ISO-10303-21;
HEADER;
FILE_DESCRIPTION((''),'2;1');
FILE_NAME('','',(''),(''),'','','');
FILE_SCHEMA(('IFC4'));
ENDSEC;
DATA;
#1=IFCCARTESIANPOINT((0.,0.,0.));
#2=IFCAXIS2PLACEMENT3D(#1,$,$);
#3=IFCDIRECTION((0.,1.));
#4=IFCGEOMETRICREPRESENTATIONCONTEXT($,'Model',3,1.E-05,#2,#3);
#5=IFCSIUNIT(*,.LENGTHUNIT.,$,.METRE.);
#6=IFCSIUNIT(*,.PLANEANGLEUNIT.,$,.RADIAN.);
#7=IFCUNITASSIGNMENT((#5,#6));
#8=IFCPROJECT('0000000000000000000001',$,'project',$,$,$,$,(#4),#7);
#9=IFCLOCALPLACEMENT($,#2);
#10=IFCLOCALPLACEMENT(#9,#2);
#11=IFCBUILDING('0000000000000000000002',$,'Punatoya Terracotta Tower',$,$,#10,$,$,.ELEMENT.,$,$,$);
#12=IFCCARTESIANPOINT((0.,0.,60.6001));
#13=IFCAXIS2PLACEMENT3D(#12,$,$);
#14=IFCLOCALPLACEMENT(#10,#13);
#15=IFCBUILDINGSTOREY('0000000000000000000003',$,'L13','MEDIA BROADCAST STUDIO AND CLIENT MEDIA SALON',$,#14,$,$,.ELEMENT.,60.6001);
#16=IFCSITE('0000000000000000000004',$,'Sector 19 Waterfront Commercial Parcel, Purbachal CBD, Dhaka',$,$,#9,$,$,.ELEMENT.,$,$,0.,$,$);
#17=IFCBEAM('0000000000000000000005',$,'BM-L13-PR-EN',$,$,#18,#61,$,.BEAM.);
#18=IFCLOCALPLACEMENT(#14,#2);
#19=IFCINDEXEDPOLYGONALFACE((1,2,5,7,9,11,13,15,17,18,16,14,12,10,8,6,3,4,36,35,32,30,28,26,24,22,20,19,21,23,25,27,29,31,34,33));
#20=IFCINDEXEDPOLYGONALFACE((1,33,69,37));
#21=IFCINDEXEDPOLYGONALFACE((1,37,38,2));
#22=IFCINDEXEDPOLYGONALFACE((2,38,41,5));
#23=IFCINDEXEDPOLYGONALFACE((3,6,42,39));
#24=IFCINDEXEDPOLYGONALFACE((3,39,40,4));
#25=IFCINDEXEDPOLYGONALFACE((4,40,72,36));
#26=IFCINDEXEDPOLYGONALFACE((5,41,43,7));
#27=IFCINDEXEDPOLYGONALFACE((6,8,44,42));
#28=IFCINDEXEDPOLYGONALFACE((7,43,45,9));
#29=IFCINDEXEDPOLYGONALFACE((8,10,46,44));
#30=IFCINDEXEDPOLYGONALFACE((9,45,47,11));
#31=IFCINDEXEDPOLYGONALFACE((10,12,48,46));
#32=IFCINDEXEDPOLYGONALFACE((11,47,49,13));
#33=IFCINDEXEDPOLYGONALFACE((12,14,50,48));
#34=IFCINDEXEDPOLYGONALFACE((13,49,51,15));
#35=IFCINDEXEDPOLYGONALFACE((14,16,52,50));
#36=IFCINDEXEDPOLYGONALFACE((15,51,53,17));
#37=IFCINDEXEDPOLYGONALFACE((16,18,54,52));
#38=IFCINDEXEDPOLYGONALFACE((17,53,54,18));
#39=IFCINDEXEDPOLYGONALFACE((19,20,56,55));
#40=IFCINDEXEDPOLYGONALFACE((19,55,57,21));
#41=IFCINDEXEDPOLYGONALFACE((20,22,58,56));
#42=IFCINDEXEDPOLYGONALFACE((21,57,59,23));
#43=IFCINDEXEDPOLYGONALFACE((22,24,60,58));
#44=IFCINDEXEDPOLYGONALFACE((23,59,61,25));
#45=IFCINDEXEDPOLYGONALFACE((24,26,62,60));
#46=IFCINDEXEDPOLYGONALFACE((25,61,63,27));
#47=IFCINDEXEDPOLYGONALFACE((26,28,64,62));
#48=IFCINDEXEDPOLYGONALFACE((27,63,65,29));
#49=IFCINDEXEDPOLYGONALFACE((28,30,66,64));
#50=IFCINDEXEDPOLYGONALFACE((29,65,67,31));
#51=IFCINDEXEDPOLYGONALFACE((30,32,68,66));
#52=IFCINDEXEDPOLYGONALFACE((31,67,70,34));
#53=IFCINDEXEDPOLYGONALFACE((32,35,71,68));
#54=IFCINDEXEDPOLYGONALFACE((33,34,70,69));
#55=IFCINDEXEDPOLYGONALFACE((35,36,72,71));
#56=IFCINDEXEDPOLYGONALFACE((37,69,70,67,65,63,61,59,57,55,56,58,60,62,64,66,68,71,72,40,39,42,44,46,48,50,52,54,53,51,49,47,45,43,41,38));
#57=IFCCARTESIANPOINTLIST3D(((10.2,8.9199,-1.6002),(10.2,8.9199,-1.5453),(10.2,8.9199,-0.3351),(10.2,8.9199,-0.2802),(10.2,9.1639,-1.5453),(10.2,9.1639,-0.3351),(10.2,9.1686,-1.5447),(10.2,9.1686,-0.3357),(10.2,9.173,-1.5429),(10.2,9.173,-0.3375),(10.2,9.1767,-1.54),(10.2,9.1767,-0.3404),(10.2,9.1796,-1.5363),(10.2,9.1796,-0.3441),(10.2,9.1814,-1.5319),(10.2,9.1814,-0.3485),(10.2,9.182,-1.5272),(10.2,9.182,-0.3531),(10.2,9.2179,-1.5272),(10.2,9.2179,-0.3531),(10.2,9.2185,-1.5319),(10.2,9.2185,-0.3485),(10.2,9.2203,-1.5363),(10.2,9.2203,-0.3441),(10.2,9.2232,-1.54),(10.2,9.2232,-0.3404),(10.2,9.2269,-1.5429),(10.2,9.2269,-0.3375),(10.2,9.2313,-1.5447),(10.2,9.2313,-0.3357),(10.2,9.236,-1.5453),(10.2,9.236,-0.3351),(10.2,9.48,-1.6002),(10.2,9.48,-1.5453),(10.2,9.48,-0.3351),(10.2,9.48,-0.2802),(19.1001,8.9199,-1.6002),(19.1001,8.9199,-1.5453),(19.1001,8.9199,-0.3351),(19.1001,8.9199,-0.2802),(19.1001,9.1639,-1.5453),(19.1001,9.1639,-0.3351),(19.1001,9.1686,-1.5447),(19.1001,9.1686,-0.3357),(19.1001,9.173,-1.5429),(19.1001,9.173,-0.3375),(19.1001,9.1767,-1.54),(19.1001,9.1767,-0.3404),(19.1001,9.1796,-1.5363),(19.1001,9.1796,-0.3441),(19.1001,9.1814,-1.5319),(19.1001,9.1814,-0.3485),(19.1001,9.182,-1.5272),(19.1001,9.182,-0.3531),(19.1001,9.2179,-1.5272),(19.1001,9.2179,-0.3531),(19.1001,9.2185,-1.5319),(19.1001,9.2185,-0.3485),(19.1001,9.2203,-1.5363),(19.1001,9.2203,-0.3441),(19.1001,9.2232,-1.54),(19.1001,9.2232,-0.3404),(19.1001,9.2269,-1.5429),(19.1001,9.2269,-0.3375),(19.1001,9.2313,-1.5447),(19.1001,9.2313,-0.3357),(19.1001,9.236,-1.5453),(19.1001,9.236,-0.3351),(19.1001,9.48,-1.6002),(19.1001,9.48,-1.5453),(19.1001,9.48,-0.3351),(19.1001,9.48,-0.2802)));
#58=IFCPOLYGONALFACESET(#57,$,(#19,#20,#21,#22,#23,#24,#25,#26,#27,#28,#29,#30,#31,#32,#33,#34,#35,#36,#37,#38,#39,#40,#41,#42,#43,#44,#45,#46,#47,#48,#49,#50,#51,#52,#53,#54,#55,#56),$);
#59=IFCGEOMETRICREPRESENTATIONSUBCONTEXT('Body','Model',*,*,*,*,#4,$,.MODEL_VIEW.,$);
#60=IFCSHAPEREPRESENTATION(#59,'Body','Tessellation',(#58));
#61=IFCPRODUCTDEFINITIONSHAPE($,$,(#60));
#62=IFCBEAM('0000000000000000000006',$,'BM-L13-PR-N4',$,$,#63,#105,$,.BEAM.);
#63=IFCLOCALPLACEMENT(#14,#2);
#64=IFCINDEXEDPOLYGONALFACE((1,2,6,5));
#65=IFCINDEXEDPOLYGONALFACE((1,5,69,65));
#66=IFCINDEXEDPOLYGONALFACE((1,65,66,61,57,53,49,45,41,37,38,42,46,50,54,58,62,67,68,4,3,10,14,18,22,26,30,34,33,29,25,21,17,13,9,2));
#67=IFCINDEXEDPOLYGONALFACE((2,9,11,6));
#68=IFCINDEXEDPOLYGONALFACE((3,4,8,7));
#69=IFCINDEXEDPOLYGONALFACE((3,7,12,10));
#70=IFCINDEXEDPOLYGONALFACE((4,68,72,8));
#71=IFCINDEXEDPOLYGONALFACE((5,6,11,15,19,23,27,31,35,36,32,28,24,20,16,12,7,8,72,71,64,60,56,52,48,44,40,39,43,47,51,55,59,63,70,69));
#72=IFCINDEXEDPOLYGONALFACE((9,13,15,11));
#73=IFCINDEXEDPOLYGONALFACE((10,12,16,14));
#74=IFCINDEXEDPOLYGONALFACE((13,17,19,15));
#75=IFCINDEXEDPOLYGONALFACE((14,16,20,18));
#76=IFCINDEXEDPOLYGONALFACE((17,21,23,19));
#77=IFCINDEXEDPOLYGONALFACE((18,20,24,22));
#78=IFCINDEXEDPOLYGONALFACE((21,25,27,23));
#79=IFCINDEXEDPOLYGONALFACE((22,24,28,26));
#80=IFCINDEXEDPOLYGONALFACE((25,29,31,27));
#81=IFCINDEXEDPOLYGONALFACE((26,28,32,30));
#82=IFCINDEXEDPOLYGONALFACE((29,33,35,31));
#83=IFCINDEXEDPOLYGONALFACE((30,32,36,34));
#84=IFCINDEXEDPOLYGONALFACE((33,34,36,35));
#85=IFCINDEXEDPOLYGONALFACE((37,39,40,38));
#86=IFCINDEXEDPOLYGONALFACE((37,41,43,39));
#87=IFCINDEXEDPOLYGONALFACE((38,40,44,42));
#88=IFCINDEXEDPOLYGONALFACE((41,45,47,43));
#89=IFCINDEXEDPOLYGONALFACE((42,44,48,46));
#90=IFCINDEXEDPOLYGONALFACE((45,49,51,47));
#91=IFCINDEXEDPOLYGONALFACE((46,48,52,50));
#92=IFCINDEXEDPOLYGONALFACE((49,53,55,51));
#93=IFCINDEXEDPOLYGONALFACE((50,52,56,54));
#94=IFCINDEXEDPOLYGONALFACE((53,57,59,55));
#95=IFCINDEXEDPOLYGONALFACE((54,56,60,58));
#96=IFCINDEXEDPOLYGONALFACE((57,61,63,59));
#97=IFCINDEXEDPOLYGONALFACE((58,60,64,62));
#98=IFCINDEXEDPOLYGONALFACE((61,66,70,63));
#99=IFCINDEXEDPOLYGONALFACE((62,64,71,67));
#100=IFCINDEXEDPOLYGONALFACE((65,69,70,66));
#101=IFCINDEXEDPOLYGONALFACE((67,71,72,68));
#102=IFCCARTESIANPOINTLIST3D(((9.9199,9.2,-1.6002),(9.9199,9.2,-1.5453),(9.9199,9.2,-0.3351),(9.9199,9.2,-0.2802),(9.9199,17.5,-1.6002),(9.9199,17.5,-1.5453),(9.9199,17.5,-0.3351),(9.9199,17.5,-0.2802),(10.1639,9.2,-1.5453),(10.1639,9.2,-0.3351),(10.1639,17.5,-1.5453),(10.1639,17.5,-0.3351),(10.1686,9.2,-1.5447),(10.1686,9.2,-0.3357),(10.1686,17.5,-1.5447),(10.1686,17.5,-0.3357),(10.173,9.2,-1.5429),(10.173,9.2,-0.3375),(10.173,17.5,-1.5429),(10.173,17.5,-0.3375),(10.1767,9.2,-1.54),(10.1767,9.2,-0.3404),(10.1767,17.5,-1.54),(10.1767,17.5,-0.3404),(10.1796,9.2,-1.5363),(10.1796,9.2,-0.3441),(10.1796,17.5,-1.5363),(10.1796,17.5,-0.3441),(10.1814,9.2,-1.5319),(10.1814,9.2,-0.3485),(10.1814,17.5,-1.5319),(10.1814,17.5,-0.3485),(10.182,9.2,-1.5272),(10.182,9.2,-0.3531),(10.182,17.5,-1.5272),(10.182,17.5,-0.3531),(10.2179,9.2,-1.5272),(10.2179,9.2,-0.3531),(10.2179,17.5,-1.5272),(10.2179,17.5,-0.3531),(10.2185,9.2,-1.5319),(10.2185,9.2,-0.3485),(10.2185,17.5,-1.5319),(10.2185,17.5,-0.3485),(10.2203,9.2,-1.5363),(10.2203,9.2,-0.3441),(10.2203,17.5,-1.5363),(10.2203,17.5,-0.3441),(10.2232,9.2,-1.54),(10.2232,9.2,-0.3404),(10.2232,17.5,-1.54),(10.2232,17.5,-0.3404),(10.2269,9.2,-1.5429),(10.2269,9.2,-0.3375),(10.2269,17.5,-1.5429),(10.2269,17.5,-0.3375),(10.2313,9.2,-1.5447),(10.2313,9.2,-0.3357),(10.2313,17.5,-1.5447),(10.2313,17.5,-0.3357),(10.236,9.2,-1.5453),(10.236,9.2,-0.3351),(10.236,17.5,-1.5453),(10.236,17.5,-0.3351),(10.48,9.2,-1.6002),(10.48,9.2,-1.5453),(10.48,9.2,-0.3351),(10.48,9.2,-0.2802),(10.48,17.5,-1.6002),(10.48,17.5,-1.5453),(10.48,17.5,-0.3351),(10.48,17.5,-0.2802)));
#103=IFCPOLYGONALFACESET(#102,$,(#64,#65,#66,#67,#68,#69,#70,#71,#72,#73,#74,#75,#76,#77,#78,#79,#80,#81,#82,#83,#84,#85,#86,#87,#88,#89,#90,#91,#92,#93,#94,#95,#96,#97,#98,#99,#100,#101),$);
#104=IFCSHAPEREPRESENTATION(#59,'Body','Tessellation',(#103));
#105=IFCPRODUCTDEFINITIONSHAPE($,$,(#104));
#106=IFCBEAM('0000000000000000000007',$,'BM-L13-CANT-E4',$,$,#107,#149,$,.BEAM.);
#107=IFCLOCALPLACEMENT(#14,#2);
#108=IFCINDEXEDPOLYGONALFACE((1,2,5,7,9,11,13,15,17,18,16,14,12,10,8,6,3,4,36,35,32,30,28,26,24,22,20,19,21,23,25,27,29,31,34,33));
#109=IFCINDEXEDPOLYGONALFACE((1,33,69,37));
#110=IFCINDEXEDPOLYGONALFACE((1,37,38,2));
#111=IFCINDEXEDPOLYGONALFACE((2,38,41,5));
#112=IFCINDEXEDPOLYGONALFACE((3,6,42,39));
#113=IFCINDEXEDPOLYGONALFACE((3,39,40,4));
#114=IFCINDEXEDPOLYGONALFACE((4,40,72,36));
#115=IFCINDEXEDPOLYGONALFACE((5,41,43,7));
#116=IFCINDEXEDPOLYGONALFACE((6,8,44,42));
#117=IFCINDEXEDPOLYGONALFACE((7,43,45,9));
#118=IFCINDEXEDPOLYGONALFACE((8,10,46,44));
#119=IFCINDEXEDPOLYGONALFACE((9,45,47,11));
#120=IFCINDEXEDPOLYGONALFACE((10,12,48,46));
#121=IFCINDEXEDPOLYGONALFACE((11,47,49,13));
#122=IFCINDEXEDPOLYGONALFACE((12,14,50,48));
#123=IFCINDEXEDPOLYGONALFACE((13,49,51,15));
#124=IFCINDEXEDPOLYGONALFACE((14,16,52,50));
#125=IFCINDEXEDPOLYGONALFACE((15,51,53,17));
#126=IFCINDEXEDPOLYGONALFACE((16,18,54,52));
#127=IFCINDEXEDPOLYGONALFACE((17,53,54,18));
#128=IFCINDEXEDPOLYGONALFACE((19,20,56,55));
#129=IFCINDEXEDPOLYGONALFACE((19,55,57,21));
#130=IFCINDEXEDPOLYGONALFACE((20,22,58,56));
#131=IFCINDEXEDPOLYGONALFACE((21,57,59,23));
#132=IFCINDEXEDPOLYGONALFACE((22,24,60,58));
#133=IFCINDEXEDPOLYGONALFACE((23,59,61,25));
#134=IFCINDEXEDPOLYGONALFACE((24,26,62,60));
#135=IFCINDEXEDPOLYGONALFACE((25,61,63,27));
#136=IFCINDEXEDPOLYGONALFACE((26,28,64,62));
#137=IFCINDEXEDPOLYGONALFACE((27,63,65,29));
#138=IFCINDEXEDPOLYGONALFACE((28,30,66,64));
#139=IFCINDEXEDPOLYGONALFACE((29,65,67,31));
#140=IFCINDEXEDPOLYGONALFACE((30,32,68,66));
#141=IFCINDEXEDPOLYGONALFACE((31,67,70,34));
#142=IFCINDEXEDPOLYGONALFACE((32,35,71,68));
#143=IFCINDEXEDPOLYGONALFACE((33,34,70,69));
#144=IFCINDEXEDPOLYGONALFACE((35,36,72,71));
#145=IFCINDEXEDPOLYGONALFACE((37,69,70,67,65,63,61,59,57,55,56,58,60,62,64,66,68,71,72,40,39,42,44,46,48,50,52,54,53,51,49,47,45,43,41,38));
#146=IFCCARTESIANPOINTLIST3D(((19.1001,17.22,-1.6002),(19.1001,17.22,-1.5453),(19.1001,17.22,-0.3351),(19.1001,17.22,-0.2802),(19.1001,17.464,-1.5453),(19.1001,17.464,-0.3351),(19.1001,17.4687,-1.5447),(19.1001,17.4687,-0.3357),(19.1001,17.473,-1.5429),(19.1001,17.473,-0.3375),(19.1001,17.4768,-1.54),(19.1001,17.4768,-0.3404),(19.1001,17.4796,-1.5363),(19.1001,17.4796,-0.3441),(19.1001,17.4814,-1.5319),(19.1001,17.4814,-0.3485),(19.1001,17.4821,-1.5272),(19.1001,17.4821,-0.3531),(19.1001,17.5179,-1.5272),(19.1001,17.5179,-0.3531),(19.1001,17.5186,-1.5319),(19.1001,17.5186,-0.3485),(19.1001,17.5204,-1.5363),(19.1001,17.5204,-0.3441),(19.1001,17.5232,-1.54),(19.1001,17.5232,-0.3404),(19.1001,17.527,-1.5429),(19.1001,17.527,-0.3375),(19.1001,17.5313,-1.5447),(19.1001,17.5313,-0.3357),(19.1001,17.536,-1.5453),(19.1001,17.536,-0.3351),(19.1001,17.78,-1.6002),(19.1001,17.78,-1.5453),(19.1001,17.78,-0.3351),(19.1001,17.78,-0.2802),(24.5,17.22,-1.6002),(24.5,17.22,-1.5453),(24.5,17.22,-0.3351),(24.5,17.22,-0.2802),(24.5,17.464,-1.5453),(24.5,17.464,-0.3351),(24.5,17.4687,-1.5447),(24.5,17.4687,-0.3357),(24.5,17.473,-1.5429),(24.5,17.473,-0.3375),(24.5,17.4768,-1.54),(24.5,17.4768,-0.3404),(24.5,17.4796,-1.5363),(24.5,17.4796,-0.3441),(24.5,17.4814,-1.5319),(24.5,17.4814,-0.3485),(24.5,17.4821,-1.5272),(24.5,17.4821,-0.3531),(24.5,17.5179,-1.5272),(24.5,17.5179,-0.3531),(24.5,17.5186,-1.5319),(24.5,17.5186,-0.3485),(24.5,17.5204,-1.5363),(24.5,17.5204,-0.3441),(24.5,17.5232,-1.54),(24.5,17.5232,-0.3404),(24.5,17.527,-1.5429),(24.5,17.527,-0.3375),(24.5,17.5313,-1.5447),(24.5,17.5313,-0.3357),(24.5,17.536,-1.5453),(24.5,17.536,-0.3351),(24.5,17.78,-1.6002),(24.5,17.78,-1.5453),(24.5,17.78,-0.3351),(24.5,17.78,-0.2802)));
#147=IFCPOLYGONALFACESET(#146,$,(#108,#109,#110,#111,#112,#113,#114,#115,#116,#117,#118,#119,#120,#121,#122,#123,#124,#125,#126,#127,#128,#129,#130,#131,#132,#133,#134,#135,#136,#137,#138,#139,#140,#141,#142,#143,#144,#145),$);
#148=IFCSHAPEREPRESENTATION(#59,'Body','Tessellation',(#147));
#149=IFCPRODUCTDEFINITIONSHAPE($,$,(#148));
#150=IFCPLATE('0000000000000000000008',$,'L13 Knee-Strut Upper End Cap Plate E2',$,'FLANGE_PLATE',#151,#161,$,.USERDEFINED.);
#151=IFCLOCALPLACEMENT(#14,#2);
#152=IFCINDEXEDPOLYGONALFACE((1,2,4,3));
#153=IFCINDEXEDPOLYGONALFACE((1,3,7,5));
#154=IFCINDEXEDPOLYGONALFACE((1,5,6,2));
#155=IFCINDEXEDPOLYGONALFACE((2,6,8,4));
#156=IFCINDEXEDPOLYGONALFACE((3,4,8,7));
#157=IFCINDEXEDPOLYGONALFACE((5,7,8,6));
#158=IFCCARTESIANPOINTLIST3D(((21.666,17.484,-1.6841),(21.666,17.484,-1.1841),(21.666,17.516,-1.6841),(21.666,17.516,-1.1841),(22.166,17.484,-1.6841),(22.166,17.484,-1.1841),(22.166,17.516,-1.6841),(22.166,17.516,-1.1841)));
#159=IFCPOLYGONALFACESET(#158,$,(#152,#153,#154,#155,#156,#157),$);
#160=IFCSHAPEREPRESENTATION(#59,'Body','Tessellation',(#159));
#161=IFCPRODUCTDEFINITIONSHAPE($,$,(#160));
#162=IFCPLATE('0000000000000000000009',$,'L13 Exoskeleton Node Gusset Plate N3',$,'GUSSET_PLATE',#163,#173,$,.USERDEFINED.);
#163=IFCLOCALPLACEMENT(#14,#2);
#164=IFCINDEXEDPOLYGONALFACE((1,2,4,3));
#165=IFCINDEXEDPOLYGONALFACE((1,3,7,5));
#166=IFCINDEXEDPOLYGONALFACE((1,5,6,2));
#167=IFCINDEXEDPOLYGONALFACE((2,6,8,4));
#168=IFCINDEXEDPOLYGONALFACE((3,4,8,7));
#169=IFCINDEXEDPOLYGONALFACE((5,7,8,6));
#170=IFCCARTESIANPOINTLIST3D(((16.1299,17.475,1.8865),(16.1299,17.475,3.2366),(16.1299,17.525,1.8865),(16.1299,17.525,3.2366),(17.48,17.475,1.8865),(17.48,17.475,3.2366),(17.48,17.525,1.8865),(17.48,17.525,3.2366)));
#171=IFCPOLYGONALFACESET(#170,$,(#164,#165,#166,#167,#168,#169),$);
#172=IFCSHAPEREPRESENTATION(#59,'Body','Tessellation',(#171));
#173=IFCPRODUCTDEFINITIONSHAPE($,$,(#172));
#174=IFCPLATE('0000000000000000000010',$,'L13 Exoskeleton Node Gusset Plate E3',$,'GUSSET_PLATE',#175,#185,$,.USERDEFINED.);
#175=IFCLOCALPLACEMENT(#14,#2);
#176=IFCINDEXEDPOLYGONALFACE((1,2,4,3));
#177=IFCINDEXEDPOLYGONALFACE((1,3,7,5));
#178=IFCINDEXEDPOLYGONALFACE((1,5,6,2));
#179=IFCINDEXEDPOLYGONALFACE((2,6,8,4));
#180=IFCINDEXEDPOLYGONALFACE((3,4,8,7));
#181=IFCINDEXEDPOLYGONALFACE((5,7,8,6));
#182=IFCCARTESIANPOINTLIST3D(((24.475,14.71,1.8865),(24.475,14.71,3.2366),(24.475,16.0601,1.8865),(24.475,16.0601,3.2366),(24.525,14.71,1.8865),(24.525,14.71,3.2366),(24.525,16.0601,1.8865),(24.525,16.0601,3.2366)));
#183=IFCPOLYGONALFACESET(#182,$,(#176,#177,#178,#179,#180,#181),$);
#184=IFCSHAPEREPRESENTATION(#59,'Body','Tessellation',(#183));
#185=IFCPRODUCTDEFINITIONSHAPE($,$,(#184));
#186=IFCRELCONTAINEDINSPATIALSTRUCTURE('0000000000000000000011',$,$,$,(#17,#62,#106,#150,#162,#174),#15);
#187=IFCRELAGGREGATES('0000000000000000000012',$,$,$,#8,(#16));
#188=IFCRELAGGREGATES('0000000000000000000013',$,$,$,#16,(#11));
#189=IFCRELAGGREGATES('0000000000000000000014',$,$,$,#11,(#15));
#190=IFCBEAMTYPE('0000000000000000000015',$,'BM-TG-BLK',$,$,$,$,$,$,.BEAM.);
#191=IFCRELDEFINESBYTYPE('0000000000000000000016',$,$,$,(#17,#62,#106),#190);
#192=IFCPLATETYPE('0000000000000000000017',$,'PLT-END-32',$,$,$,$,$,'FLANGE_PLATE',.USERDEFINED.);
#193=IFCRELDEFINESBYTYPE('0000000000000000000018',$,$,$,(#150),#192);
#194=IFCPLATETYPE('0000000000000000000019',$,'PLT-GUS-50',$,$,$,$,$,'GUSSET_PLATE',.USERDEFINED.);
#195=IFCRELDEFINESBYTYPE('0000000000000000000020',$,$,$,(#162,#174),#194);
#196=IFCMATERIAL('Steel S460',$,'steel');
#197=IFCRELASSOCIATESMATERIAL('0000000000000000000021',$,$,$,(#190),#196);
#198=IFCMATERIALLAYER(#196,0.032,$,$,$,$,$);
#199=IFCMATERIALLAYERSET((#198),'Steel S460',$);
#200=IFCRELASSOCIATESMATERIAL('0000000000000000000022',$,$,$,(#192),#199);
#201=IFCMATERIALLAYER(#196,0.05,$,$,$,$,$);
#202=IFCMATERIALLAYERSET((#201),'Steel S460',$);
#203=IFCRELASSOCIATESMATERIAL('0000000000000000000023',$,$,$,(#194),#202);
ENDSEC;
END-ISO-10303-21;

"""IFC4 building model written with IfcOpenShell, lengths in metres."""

from ifc_helpers import new_model, si_unit, direction, frame, origin, origin_2d, place, context, subcontext, project, spatial, rectangle, i_section, extrude, material, layer, layer_set, material_profile, profile_set, type_object, element, save


model = new_model("IFC4")

# Units and contexts
model_context = context("Model", 3, precision=1e-05, world=origin(), true_north=direction((0.0, 1.0)))
body_context = subcontext(model_context, "Body", "Model", "MODEL_VIEW")
ifc_project = project(units=[si_unit("LENGTHUNIT", "METRE"), si_unit("PLANEANGLEUNIT", "RADIAN")], contexts=[model_context])

# Site, building, storey
site_placement = place(None, origin())
site = spatial("IfcSite", under=ifc_project, at=site_placement, Name="Sector 19 Waterfront Commercial Parcel, Purbachal CBD, Dhaka", CompositionType="ELEMENT", RefElevation=0.0)
building_placement = place(site_placement, origin())
building = spatial("IfcBuilding", under=site, at=building_placement, Name="Punatoya Terracotta Tower", CompositionType="ELEMENT")
storey_placement = place(building_placement, frame((0.0, 0.0, 60.6001)))
storey = spatial("IfcBuildingStorey", under=building, at=storey_placement, Name="L13", Description="MEDIA BROADCAST STUDIO AND CLIENT MEDIA SALON", CompositionType="ELEMENT", Elevation=60.6001)

# Shared definitions
ifc_material_1 = material(Name="Steel S460", Category="steel")

# Beams
ifc_material_profile_1 = material_profile(ifc_material_1, i_section(OverallWidth=0.5601, OverallDepth=1.3201, WebThickness=0.0359, FlangeThickness=0.0549, FilletRadius=0.0181, at=origin_2d()))
ifc_profile_set_1 = profile_set([ifc_material_profile_1], Name="Steel S460")
beam_type_1 = type_object("IfcBeamType", Name="BM-TG-BLK", PredefinedType="BEAM", material=ifc_profile_set_1)
beam_1_placement = place(storey_placement, frame((10.2, 9.2, -0.9402), z_axis=(1.0, 0.0, 0.0), x_axis=(0.0, 1.0, 0.0)))
element("IfcBeam", 1, at=beam_1_placement, inside=storey, type_object=beam_type_1, Name="BM-L13-PR-EN", PredefinedType="BEAM", context=body_context, shape_type="SweptSolid", body=[
    extrude(i_section(OverallWidth=0.5601, OverallDepth=1.3201, WebThickness=0.0359, FlangeThickness=0.0549, FilletRadius=0.0181, at=origin_2d()), origin(), (0.0, 0.0, 1.0), 8.9001),
])
beam_2_placement = place(storey_placement, frame((10.2, 9.2, -0.9402), z_axis=(0.0, 1.0, 0.0), x_axis=(-1.0, 0.0, 0.0)))
element("IfcBeam", 2, at=beam_2_placement, inside=storey, type_object=beam_type_1, Name="BM-L13-PR-N4", PredefinedType="BEAM", context=body_context, shape_type="SweptSolid", body=[
    extrude(i_section(OverallWidth=0.5601, OverallDepth=1.3201, WebThickness=0.0359, FlangeThickness=0.0549, FilletRadius=0.0181, at=origin_2d()), origin(), (0.0, 0.0, 1.0), 8.3),
])
beam_3_placement = place(storey_placement, frame((19.1001, 17.5, -0.9402), z_axis=(1.0, 0.0, 0.0), x_axis=(0.0, 1.0, 0.0)))
element("IfcBeam", 3, at=beam_3_placement, inside=storey, type_object=beam_type_1, Name="BM-L13-CANT-E4", PredefinedType="BEAM", context=body_context, shape_type="SweptSolid", body=[
    extrude(i_section(OverallWidth=0.5601, OverallDepth=1.3201, WebThickness=0.0359, FlangeThickness=0.0549, FilletRadius=0.0181, at=origin_2d()), origin(), (0.0, 0.0, 1.0), 5.3999),
])

# Plates
ifc_layer_1 = layer(ifc_material_1, 0.032)
ifc_layer_set_1 = layer_set([ifc_layer_1], Name="Steel S460")
plate_type_1 = type_object("IfcPlateType", Name="PLT-END-32", ElementType="FLANGE_PLATE", PredefinedType="USERDEFINED", material=ifc_layer_set_1)
plate_placement = place(storey_placement, frame((21.916, 17.5, -1.6841), z_axis=(0.0, 0.0, 1.0), x_axis=(1.0, 0.0, 0.0)))
element("IfcPlate", 4, at=plate_placement, inside=storey, type_object=plate_type_1, Name="L13 Knee-Strut Upper End Cap Plate E2", ObjectType="FLANGE_PLATE", PredefinedType="USERDEFINED", context=body_context, shape_type="SweptSolid", body=[
    extrude(rectangle(XDim=0.5, YDim=0.032, at=origin_2d()), origin(), (0.0, 0.0, 1.0), 0.5),
])
ifc_layer_2 = layer(ifc_material_1, 0.05)
ifc_layer_set_2 = layer_set([ifc_layer_2], Name="Steel S460")
plate_type_2 = type_object("IfcPlateType", Name="PLT-GUS-50", ElementType="GUSSET_PLATE", PredefinedType="USERDEFINED", material=ifc_layer_set_2)
for number, where, z_axis, x_axis, name in (
    (5, (16.8049, 17.5, 1.8865), (0.0, 0.0, 1.0), (1.0, 0.0, 0.0), "L13 Exoskeleton Node Gusset Plate N3"),
    (6, (24.5, 15.385, 1.8865), (0.0, 0.0, 1.0), (0.0, 1.0, 0.0), "L13 Exoskeleton Node Gusset Plate E3"),
):
    element("IfcPlate", number, at=place(storey_placement, frame(where, z_axis=z_axis, x_axis=x_axis)), inside=storey, type_object=plate_type_2, Name=name, ObjectType="GUSSET_PLATE", PredefinedType="USERDEFINED", context=body_context, shape_type="SweptSolid", body=[
        extrude(rectangle(XDim=1.3501, YDim=0.05, at=origin_2d()), origin(), (0.0, 0.0, 1.0), 1.3501),
    ])

save(model, "model.ifc")
